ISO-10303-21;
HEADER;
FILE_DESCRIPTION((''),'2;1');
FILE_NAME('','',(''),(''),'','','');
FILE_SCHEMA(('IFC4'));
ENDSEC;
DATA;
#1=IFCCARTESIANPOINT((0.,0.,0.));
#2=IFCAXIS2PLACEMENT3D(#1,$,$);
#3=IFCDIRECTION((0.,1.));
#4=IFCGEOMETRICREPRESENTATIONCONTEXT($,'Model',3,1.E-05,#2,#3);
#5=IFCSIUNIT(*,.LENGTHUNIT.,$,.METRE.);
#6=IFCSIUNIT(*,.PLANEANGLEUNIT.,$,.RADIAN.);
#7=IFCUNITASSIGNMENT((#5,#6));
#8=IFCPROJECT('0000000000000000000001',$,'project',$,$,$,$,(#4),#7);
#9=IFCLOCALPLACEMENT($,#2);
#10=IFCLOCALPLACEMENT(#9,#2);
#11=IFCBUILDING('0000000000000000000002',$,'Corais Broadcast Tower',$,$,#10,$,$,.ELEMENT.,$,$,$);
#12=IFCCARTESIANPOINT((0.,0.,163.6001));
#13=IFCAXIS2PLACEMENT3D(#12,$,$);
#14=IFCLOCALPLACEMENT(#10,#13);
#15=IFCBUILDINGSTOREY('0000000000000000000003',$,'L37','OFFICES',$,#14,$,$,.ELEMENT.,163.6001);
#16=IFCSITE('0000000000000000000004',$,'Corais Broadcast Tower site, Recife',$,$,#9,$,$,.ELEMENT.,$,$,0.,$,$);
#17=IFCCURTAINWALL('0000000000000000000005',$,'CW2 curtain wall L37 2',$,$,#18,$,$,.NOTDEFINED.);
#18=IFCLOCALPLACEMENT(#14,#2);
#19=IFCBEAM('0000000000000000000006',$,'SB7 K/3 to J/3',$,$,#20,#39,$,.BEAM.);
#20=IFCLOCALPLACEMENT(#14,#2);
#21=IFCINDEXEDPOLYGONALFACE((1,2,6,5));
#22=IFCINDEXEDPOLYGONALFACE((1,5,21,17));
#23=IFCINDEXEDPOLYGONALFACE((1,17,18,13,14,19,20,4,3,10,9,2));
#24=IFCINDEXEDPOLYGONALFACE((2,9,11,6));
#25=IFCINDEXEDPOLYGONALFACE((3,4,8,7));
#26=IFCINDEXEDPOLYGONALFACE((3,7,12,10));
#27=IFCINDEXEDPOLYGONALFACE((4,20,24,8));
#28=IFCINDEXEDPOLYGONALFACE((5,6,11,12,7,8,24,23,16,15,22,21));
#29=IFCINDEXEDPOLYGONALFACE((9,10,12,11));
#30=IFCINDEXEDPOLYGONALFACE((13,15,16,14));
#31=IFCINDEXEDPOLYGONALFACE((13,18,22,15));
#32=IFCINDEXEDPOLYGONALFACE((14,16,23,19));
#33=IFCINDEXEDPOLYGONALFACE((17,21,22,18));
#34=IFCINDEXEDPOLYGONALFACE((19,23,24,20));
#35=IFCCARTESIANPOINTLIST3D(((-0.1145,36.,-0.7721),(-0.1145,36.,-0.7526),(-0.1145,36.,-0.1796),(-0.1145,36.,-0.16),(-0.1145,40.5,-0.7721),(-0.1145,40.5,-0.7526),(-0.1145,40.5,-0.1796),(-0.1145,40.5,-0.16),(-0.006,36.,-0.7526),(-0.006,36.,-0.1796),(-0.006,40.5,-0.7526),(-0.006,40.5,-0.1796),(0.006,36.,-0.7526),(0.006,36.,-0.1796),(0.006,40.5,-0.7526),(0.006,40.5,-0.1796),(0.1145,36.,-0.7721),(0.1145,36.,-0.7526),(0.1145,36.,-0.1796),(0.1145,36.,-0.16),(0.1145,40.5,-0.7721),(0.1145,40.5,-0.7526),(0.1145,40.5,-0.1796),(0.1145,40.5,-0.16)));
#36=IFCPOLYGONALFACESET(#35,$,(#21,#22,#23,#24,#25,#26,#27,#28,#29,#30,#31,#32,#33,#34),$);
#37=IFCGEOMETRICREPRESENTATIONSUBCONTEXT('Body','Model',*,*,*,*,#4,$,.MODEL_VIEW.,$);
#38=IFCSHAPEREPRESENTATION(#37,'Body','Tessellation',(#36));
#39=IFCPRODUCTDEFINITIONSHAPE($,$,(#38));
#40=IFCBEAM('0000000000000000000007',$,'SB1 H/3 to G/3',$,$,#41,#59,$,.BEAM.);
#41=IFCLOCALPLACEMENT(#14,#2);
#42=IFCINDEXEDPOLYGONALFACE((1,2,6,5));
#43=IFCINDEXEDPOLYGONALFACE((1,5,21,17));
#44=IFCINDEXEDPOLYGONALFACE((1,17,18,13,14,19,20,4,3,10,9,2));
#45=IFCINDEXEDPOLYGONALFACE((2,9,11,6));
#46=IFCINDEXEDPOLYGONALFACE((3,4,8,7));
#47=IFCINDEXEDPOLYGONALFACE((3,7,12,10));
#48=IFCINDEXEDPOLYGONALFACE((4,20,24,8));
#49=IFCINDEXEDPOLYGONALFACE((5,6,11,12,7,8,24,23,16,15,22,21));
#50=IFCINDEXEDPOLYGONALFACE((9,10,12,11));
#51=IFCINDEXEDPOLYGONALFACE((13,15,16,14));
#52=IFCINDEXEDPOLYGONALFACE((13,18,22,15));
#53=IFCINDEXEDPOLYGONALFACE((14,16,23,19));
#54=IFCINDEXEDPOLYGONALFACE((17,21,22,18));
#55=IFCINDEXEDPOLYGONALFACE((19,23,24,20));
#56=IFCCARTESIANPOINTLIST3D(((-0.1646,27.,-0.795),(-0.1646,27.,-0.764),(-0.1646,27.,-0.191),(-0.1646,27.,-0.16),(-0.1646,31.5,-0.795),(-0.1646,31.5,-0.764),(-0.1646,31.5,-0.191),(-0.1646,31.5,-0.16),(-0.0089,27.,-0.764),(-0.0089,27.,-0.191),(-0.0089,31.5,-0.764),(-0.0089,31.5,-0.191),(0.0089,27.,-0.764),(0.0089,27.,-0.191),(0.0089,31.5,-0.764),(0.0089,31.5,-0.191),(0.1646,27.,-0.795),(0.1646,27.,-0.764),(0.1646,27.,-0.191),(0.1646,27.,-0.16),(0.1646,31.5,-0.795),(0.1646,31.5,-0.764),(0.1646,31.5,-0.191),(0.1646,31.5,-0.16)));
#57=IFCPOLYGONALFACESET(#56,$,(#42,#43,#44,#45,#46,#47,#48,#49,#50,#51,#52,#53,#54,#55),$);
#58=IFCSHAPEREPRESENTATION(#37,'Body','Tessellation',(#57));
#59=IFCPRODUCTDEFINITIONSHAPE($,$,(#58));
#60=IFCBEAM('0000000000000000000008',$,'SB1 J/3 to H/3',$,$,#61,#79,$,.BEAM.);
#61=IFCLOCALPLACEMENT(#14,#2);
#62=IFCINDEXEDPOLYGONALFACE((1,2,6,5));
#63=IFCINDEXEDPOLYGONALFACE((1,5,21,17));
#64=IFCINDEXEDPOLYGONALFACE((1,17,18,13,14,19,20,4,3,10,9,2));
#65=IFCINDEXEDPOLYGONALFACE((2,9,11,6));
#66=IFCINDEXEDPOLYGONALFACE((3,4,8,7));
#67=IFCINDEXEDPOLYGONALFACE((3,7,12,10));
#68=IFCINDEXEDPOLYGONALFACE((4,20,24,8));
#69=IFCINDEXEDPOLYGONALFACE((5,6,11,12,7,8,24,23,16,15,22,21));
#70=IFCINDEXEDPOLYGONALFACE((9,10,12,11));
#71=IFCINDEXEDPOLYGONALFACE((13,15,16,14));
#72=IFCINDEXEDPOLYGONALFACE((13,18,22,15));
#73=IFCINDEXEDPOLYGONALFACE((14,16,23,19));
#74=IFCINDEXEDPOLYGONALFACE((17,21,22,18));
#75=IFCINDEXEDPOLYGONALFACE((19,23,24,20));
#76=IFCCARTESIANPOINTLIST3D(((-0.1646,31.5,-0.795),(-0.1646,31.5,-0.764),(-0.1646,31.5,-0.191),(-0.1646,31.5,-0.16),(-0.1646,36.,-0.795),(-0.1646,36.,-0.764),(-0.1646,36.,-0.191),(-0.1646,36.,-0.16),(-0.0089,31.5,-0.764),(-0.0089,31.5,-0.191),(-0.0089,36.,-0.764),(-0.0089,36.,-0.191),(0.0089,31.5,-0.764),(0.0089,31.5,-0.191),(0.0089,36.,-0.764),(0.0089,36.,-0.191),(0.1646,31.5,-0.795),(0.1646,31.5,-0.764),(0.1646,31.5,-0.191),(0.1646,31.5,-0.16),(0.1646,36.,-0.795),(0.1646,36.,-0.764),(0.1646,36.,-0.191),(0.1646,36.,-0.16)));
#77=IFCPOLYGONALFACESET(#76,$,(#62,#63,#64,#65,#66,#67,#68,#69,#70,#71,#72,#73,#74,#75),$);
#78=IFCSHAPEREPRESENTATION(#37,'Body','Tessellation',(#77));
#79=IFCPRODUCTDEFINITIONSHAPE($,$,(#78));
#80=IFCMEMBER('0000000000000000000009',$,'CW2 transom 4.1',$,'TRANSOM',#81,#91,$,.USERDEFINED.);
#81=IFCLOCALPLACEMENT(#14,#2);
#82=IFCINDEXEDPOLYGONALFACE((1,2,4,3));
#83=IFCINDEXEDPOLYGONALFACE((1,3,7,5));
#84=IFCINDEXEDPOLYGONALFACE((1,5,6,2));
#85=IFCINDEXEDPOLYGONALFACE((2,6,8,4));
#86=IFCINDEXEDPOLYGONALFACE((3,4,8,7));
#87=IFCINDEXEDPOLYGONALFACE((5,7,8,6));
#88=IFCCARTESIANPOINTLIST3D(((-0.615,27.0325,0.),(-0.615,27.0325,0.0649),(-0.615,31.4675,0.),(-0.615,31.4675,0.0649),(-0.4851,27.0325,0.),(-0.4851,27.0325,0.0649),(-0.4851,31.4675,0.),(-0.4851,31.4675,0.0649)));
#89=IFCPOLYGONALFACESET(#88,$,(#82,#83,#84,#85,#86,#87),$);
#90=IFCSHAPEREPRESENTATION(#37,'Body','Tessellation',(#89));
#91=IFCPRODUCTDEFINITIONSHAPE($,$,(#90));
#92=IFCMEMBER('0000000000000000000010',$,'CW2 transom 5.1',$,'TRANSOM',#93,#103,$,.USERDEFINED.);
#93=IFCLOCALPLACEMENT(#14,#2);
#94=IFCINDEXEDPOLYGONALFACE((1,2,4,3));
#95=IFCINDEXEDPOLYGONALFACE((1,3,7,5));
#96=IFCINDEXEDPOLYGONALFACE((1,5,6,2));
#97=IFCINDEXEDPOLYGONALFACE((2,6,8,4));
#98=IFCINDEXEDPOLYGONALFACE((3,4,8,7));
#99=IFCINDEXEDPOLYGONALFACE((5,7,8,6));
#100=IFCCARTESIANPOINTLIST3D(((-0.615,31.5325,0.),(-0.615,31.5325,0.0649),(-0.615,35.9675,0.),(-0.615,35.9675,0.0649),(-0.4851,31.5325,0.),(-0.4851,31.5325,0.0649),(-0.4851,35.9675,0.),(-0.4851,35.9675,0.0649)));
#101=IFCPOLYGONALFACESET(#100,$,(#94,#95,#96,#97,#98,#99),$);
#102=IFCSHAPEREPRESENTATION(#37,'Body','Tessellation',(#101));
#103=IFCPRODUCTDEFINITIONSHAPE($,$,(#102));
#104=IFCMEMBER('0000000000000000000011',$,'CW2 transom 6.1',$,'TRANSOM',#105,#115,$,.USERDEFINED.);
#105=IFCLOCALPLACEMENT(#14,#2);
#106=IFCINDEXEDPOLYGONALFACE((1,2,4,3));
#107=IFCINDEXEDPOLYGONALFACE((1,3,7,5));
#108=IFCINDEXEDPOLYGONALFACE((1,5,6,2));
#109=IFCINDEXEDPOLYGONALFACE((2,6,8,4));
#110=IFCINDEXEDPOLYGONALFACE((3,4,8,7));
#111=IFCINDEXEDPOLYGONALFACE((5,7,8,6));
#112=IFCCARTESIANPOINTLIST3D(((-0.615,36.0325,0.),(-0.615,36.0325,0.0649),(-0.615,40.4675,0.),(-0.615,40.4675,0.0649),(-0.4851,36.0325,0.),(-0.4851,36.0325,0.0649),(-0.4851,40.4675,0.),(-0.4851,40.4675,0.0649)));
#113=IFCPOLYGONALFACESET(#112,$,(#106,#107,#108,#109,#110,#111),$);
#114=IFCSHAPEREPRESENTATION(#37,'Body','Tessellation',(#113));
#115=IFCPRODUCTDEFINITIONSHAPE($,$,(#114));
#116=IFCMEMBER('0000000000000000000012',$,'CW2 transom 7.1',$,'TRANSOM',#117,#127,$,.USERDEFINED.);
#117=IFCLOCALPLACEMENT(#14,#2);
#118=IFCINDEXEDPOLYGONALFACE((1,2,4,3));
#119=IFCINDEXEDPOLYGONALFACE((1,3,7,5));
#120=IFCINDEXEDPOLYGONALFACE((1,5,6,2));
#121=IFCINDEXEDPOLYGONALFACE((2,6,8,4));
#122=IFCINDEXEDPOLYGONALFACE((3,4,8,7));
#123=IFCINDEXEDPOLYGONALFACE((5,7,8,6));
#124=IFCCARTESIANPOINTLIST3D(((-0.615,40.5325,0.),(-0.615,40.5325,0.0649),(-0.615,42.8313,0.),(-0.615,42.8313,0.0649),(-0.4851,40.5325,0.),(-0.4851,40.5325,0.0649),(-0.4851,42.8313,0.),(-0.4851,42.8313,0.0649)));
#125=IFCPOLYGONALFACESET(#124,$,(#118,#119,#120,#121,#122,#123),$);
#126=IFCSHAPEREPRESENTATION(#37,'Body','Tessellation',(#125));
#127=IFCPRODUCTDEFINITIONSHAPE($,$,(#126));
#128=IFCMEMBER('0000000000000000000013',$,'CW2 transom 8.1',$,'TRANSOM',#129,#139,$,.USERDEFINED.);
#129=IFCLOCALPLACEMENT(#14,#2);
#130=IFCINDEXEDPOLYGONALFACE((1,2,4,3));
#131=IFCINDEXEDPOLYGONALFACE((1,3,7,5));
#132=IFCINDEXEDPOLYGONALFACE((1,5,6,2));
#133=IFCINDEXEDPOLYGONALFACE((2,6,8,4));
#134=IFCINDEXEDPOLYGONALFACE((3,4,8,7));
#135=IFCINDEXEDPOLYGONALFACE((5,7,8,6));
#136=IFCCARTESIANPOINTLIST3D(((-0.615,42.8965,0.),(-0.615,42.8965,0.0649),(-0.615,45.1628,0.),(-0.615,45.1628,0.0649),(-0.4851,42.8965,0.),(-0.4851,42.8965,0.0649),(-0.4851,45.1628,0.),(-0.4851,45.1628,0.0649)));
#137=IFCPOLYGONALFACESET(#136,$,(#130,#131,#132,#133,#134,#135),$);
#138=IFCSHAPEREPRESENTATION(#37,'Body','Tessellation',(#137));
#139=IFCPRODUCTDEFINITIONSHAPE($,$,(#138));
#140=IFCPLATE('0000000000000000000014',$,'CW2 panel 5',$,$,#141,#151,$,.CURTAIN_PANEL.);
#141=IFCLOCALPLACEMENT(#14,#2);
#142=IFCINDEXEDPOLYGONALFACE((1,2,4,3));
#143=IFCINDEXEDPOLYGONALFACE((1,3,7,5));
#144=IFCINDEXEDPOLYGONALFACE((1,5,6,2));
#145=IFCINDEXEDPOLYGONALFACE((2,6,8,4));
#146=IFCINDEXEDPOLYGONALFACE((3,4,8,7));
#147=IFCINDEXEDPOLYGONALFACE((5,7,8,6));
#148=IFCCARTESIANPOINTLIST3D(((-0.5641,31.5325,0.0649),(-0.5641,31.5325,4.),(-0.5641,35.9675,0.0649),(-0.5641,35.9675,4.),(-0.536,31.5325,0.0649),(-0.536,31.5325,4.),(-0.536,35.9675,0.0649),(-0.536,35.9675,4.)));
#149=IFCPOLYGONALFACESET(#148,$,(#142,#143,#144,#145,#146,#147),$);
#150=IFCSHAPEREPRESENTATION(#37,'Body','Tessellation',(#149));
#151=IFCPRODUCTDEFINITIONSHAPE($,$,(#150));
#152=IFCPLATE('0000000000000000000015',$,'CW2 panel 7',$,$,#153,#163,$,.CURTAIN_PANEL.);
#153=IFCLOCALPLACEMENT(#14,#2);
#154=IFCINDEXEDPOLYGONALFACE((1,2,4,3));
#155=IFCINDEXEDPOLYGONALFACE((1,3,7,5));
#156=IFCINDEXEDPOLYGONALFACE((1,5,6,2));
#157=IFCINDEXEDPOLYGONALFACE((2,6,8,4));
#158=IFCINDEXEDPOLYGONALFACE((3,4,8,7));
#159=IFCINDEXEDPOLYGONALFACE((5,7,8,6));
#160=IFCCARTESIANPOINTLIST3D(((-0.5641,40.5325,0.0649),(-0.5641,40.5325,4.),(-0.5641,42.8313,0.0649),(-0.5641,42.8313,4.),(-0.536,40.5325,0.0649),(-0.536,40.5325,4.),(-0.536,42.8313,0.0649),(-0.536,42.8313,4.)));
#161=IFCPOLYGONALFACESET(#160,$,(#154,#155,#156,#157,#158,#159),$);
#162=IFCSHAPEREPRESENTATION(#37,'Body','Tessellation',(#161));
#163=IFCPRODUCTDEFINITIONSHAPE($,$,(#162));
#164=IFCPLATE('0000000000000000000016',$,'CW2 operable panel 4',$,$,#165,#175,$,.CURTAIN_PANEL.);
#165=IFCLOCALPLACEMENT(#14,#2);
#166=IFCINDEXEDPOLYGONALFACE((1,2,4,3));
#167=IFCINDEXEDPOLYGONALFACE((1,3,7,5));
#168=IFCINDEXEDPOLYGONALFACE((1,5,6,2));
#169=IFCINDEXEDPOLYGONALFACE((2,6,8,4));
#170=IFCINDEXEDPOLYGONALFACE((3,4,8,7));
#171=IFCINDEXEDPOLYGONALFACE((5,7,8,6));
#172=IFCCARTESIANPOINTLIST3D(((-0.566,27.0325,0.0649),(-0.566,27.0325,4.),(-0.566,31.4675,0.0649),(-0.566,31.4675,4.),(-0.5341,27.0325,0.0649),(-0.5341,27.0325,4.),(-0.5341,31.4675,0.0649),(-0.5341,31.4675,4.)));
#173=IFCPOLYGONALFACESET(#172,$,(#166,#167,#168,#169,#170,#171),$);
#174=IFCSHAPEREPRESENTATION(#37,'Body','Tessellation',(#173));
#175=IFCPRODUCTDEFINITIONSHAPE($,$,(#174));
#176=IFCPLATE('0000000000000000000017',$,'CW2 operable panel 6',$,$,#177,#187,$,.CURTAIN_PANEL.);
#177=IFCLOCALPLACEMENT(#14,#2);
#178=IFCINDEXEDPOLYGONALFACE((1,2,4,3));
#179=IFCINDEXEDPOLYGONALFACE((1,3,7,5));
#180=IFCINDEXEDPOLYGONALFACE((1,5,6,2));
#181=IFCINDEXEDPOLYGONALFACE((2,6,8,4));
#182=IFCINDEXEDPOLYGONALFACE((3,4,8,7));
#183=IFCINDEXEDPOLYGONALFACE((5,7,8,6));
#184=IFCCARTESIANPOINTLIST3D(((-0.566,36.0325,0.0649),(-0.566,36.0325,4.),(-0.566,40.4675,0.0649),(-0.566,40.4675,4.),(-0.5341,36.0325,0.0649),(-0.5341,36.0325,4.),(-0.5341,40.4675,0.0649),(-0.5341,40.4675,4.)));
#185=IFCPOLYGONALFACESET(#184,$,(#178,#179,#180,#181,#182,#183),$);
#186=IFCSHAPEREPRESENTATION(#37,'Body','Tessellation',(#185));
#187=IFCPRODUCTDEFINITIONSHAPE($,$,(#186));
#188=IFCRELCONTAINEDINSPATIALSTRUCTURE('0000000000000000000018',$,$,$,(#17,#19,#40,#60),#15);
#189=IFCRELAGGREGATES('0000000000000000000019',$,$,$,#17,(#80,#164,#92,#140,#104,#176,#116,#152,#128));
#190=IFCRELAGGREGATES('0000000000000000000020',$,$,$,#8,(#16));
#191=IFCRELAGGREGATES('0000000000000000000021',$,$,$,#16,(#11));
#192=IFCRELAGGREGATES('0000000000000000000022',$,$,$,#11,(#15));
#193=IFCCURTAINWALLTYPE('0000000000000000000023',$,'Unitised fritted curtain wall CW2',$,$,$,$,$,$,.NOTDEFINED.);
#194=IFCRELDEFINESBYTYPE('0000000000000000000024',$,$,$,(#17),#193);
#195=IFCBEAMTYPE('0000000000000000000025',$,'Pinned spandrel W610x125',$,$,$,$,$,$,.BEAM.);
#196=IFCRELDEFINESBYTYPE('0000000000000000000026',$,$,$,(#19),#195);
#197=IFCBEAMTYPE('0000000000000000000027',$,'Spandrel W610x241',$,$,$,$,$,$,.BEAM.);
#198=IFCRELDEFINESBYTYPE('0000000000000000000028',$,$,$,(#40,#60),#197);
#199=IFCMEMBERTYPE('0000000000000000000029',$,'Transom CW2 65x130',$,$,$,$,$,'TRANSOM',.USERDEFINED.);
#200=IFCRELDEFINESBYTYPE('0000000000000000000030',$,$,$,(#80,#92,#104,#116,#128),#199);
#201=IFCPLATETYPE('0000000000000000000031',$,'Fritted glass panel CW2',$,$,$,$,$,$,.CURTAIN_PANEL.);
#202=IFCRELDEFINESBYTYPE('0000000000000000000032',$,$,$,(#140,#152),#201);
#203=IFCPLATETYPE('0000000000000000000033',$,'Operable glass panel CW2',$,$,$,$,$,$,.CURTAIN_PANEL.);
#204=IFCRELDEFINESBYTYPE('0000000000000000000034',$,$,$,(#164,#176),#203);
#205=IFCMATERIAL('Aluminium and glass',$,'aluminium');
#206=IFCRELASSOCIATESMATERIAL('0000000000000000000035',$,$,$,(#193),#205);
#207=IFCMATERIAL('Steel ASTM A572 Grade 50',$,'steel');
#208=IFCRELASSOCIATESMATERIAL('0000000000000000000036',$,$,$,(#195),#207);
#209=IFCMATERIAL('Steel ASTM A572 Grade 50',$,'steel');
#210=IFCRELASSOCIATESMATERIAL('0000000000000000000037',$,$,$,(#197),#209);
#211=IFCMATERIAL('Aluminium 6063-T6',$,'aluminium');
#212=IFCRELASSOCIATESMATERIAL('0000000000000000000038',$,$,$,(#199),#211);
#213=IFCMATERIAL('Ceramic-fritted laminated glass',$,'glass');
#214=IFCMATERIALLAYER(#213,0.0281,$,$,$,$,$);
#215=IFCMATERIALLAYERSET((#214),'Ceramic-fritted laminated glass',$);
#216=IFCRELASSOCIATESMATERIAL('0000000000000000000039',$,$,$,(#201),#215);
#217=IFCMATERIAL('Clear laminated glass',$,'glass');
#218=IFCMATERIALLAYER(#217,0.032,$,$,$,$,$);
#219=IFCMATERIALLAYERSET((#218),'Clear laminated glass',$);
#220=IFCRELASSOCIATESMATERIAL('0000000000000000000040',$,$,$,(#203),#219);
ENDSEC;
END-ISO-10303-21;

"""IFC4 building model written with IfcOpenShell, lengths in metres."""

from ifc_helpers import new_model, si_unit, direction, frame, origin, origin_2d, place, context, subcontext, project, spatial, rectangle, i_section, extrude, material, layer, layer_set, material_profile, profile_set, type_object, element, aggregate, save


model = new_model("IFC4")

# Units and contexts
model_context = context("Model", 3, precision=1e-05, world=origin(), true_north=direction((0.0, 1.0)))
body_context = subcontext(model_context, "Body", "Model", "MODEL_VIEW")
ifc_project = project(units=[si_unit("LENGTHUNIT", "METRE"), si_unit("PLANEANGLEUNIT", "RADIAN")], contexts=[model_context])

# Site, building, storey
site_placement = place(None, origin())
site = spatial("IfcSite", under=ifc_project, at=site_placement, Name="Corais Broadcast Tower site, Recife", CompositionType="ELEMENT", RefElevation=0.0)
building_placement = place(site_placement, origin())
building = spatial("IfcBuilding", under=site, at=building_placement, Name="Corais Broadcast Tower", CompositionType="ELEMENT")
storey_placement = place(building_placement, frame((0.0, 0.0, 163.6001)))
storey = spatial("IfcBuildingStorey", under=building, at=storey_placement, Name="L37", Description="OFFICES", CompositionType="ELEMENT", Elevation=163.6001)

# Curtain wall
ifc_material_1 = material(Name="Aluminium and glass", Category="aluminium")
curtain_wall_type = type_object("IfcCurtainWallType", Name="Unitised fritted curtain wall CW2", PredefinedType="NOTDEFINED", material=ifc_material_1)
curtain_wall_placement = place(storey_placement, origin())
curtain_wall = element("IfcCurtainWall", 1, at=curtain_wall_placement, inside=storey, type_object=curtain_wall_type, Name="CW2 curtain wall L37 2", PredefinedType="NOTDEFINED")

# Beams
ifc_material_2 = material(Name="Steel ASTM A572 Grade 50", Category="steel")
ifc_material_profile_1 = material_profile(ifc_material_2, i_section(OverallWidth=0.229, OverallDepth=0.6121, WebThickness=0.012, FlangeThickness=0.0195, at=origin_2d()), Name="W610x125")
ifc_profile_set_1 = profile_set([ifc_material_profile_1], Name="Steel ASTM A572 Grade 50")
beam_type_1 = type_object("IfcBeamType", Name="Pinned spandrel W610x125", PredefinedType="BEAM", material=ifc_profile_set_1)
beam_placement = place(storey_placement, frame((0.0, 40.5, -0.4661), z_axis=(0.0, -1.0, 0.0), x_axis=(1.0, 0.0, 0.0)))
element("IfcBeam", 2, at=beam_placement, inside=storey, type_object=beam_type_1, Name="SB7 K/3 to J/3", PredefinedType="BEAM", context=body_context, shape_type="SweptSolid", body=[
    extrude(i_section(OverallWidth=0.229, OverallDepth=0.6121, WebThickness=0.012, FlangeThickness=0.0195, at=origin_2d()), origin(), (0.0, 0.0, 1.0), 4.5),
])
ifc_material_3 = material(Name="Steel ASTM A572 Grade 50", Category="steel")
ifc_material_profile_2 = material_profile(ifc_material_3, i_section(OverallWidth=0.3291, OverallDepth=0.635, WebThickness=0.0178, FlangeThickness=0.031, at=origin_2d()), Name="W610x241")
ifc_profile_set_2 = profile_set([ifc_material_profile_2], Name="Steel ASTM A572 Grade 50")
beam_type_2 = type_object("IfcBeamType", Name="Spandrel W610x241", PredefinedType="BEAM", material=ifc_profile_set_2)
for number, where, z_axis, x_axis, name in (
    (3, (0.0, 31.5, -0.4775), (0.0, -1.0, 0.0), (1.0, 0.0, 0.0), "SB1 H/3 to G/3"),
    (4, (0.0, 36.0, -0.4775), (0.0, -1.0, 0.0), (1.0, 0.0, 0.0), "SB1 J/3 to H/3"),
):
    element("IfcBeam", number, at=place(storey_placement, frame(where, z_axis=z_axis, x_axis=x_axis)), inside=storey, type_object=beam_type_2, Name=name, PredefinedType="BEAM", context=body_context, shape_type="SweptSolid", body=[
        extrude(i_section(OverallWidth=0.3291, OverallDepth=0.635, WebThickness=0.0178, FlangeThickness=0.031, at=origin_2d()), origin(), (0.0, 0.0, 1.0), 4.5),
    ])

# Members
ifc_material_4 = material(Name="Aluminium 6063-T6", Category="aluminium")
ifc_material_profile_3 = material_profile(ifc_material_4, rectangle(XDim=0.1299, YDim=0.0649, at=origin_2d()), Name="Transom CW2 65x130")
ifc_profile_set_3 = profile_set([ifc_material_profile_3], Name="Aluminium 6063-T6")
member_type_1 = type_object("IfcMemberType", Name="Transom CW2 65x130", ElementType="TRANSOM", PredefinedType="USERDEFINED", material=ifc_profile_set_3)
member_1_placement = place(storey_placement, frame((-0.55, 27.0325, 0.0325), z_axis=(0.0, 1.0, 0.0), x_axis=(-1.0, 0.0, 0.0)))
member_1 = element("IfcMember", 5, at=member_1_placement, type_object=member_type_1, Name="CW2 transom 4.1", ObjectType="TRANSOM", PredefinedType="USERDEFINED", context=body_context, shape_type="SweptSolid", body=[
    extrude(rectangle(XDim=0.1299, YDim=0.0649, at=origin_2d()), origin(), (0.0, 0.0, 1.0), 4.4351),
])
member_2_placement = place(storey_placement, frame((-0.55, 31.5325, 0.0325), z_axis=(0.0, 1.0, 0.0), x_axis=(-1.0, 0.0, 0.0)))
member_2 = element("IfcMember", 6, at=member_2_placement, type_object=member_type_1, Name="CW2 transom 5.1", ObjectType="TRANSOM", PredefinedType="USERDEFINED", context=body_context, shape_type="SweptSolid", body=[
    extrude(rectangle(XDim=0.1299, YDim=0.0649, at=origin_2d()), origin(), (0.0, 0.0, 1.0), 4.4351),
])
member_3_placement = place(storey_placement, frame((-0.55, 36.0325, 0.0325), z_axis=(0.0, 1.0, 0.0), x_axis=(-1.0, 0.0, 0.0)))
member_3 = element("IfcMember", 7, at=member_3_placement, type_object=member_type_1, Name="CW2 transom 6.1", ObjectType="TRANSOM", PredefinedType="USERDEFINED", context=body_context, shape_type="SweptSolid", body=[
    extrude(rectangle(XDim=0.1299, YDim=0.0649, at=origin_2d()), origin(), (0.0, 0.0, 1.0), 4.4351),
])
member_4_placement = place(storey_placement, frame((-0.55, 40.5325, 0.0325), z_axis=(0.0, 1.0, 0.0), x_axis=(-1.0, 0.0, 0.0)))
member_4 = element("IfcMember", 8, at=member_4_placement, type_object=member_type_1, Name="CW2 transom 7.1", ObjectType="TRANSOM", PredefinedType="USERDEFINED", context=body_context, shape_type="SweptSolid", body=[
    extrude(rectangle(XDim=0.1299, YDim=0.0649, at=origin_2d()), origin(), (0.0, 0.0, 1.0), 2.2988),
])
member_5_placement = place(storey_placement, frame((-0.55, 42.8965, 0.0325), z_axis=(0.0, 1.0, 0.0), x_axis=(-1.0, 0.0, 0.0)))
member_5 = element("IfcMember", 9, at=member_5_placement, type_object=member_type_1, Name="CW2 transom 8.1", ObjectType="TRANSOM", PredefinedType="USERDEFINED", context=body_context, shape_type="SweptSolid", body=[
    extrude(rectangle(XDim=0.1299, YDim=0.0649, at=origin_2d()), origin(), (0.0, 0.0, 1.0), 2.2664),
])

# Plates
ifc_material_5 = material(Name="Ceramic-fritted laminated glass", Category="glass")
ifc_layer_1 = layer(ifc_material_5, 0.0281)
ifc_layer_set_1 = layer_set([ifc_layer_1], Name="Ceramic-fritted laminated glass")
plate_type_1 = type_object("IfcPlateType", Name="Fritted glass panel CW2", PredefinedType="CURTAIN_PANEL", material=ifc_layer_set_1)
plate_1_placement = place(storey_placement, frame((-0.55, 33.75, 0.0649), z_axis=(0.0, 0.0, 1.0), x_axis=(0.0, 1.0, 0.0)))
plate_1 = element("IfcPlate", 10, at=plate_1_placement, type_object=plate_type_1, Name="CW2 panel 5", PredefinedType="CURTAIN_PANEL", context=body_context, shape_type="SweptSolid", body=[
    extrude(rectangle(XDim=4.4351, YDim=0.0281, at=origin_2d()), origin(), (0.0, 0.0, 1.0), 3.9351),
])
plate_2_placement = place(storey_placement, frame((-0.55, 41.6819, 0.0649), z_axis=(0.0, 0.0, 1.0), x_axis=(0.0, 1.0, 0.0)))
plate_2 = element("IfcPlate", 11, at=plate_2_placement, type_object=plate_type_1, Name="CW2 panel 7", PredefinedType="CURTAIN_PANEL", context=body_context, shape_type="SweptSolid", body=[
    extrude(rectangle(XDim=2.2988, YDim=0.0281, at=origin_2d()), origin(), (0.0, 0.0, 1.0), 3.9351),
])
ifc_material_6 = material(Name="Clear laminated glass", Category="glass")
ifc_layer_2 = layer(ifc_material_6, 0.032)
ifc_layer_set_2 = layer_set([ifc_layer_2], Name="Clear laminated glass")
plate_type_2 = type_object("IfcPlateType", Name="Operable glass panel CW2", PredefinedType="CURTAIN_PANEL", material=ifc_layer_set_2)
plate_3_placement = place(storey_placement, frame((-0.55, 29.25, 0.0649), z_axis=(0.0, 0.0, 1.0), x_axis=(0.0, 1.0, 0.0)))
plate_3 = element("IfcPlate", 12, at=plate_3_placement, type_object=plate_type_2, Name="CW2 operable panel 4", PredefinedType="CURTAIN_PANEL", context=body_context, shape_type="SweptSolid", body=[
    extrude(rectangle(XDim=4.4351, YDim=0.032, at=origin_2d()), origin(), (0.0, 0.0, 1.0), 3.9351),
])
plate_4_placement = place(storey_placement, frame((-0.55, 38.25, 0.0649), z_axis=(0.0, 0.0, 1.0), x_axis=(0.0, 1.0, 0.0)))
plate_4 = element("IfcPlate", 13, at=plate_4_placement, type_object=plate_type_2, Name="CW2 operable panel 6", PredefinedType="CURTAIN_PANEL", context=body_context, shape_type="SweptSolid", body=[
    extrude(rectangle(XDim=4.4351, YDim=0.032, at=origin_2d()), origin(), (0.0, 0.0, 1.0), 3.9351),
])
aggregate(curtain_wall, [member_1, plate_3, member_2, plate_1, member_3, plate_4, member_4, plate_2, member_5])

save(model, "model.ifc")
